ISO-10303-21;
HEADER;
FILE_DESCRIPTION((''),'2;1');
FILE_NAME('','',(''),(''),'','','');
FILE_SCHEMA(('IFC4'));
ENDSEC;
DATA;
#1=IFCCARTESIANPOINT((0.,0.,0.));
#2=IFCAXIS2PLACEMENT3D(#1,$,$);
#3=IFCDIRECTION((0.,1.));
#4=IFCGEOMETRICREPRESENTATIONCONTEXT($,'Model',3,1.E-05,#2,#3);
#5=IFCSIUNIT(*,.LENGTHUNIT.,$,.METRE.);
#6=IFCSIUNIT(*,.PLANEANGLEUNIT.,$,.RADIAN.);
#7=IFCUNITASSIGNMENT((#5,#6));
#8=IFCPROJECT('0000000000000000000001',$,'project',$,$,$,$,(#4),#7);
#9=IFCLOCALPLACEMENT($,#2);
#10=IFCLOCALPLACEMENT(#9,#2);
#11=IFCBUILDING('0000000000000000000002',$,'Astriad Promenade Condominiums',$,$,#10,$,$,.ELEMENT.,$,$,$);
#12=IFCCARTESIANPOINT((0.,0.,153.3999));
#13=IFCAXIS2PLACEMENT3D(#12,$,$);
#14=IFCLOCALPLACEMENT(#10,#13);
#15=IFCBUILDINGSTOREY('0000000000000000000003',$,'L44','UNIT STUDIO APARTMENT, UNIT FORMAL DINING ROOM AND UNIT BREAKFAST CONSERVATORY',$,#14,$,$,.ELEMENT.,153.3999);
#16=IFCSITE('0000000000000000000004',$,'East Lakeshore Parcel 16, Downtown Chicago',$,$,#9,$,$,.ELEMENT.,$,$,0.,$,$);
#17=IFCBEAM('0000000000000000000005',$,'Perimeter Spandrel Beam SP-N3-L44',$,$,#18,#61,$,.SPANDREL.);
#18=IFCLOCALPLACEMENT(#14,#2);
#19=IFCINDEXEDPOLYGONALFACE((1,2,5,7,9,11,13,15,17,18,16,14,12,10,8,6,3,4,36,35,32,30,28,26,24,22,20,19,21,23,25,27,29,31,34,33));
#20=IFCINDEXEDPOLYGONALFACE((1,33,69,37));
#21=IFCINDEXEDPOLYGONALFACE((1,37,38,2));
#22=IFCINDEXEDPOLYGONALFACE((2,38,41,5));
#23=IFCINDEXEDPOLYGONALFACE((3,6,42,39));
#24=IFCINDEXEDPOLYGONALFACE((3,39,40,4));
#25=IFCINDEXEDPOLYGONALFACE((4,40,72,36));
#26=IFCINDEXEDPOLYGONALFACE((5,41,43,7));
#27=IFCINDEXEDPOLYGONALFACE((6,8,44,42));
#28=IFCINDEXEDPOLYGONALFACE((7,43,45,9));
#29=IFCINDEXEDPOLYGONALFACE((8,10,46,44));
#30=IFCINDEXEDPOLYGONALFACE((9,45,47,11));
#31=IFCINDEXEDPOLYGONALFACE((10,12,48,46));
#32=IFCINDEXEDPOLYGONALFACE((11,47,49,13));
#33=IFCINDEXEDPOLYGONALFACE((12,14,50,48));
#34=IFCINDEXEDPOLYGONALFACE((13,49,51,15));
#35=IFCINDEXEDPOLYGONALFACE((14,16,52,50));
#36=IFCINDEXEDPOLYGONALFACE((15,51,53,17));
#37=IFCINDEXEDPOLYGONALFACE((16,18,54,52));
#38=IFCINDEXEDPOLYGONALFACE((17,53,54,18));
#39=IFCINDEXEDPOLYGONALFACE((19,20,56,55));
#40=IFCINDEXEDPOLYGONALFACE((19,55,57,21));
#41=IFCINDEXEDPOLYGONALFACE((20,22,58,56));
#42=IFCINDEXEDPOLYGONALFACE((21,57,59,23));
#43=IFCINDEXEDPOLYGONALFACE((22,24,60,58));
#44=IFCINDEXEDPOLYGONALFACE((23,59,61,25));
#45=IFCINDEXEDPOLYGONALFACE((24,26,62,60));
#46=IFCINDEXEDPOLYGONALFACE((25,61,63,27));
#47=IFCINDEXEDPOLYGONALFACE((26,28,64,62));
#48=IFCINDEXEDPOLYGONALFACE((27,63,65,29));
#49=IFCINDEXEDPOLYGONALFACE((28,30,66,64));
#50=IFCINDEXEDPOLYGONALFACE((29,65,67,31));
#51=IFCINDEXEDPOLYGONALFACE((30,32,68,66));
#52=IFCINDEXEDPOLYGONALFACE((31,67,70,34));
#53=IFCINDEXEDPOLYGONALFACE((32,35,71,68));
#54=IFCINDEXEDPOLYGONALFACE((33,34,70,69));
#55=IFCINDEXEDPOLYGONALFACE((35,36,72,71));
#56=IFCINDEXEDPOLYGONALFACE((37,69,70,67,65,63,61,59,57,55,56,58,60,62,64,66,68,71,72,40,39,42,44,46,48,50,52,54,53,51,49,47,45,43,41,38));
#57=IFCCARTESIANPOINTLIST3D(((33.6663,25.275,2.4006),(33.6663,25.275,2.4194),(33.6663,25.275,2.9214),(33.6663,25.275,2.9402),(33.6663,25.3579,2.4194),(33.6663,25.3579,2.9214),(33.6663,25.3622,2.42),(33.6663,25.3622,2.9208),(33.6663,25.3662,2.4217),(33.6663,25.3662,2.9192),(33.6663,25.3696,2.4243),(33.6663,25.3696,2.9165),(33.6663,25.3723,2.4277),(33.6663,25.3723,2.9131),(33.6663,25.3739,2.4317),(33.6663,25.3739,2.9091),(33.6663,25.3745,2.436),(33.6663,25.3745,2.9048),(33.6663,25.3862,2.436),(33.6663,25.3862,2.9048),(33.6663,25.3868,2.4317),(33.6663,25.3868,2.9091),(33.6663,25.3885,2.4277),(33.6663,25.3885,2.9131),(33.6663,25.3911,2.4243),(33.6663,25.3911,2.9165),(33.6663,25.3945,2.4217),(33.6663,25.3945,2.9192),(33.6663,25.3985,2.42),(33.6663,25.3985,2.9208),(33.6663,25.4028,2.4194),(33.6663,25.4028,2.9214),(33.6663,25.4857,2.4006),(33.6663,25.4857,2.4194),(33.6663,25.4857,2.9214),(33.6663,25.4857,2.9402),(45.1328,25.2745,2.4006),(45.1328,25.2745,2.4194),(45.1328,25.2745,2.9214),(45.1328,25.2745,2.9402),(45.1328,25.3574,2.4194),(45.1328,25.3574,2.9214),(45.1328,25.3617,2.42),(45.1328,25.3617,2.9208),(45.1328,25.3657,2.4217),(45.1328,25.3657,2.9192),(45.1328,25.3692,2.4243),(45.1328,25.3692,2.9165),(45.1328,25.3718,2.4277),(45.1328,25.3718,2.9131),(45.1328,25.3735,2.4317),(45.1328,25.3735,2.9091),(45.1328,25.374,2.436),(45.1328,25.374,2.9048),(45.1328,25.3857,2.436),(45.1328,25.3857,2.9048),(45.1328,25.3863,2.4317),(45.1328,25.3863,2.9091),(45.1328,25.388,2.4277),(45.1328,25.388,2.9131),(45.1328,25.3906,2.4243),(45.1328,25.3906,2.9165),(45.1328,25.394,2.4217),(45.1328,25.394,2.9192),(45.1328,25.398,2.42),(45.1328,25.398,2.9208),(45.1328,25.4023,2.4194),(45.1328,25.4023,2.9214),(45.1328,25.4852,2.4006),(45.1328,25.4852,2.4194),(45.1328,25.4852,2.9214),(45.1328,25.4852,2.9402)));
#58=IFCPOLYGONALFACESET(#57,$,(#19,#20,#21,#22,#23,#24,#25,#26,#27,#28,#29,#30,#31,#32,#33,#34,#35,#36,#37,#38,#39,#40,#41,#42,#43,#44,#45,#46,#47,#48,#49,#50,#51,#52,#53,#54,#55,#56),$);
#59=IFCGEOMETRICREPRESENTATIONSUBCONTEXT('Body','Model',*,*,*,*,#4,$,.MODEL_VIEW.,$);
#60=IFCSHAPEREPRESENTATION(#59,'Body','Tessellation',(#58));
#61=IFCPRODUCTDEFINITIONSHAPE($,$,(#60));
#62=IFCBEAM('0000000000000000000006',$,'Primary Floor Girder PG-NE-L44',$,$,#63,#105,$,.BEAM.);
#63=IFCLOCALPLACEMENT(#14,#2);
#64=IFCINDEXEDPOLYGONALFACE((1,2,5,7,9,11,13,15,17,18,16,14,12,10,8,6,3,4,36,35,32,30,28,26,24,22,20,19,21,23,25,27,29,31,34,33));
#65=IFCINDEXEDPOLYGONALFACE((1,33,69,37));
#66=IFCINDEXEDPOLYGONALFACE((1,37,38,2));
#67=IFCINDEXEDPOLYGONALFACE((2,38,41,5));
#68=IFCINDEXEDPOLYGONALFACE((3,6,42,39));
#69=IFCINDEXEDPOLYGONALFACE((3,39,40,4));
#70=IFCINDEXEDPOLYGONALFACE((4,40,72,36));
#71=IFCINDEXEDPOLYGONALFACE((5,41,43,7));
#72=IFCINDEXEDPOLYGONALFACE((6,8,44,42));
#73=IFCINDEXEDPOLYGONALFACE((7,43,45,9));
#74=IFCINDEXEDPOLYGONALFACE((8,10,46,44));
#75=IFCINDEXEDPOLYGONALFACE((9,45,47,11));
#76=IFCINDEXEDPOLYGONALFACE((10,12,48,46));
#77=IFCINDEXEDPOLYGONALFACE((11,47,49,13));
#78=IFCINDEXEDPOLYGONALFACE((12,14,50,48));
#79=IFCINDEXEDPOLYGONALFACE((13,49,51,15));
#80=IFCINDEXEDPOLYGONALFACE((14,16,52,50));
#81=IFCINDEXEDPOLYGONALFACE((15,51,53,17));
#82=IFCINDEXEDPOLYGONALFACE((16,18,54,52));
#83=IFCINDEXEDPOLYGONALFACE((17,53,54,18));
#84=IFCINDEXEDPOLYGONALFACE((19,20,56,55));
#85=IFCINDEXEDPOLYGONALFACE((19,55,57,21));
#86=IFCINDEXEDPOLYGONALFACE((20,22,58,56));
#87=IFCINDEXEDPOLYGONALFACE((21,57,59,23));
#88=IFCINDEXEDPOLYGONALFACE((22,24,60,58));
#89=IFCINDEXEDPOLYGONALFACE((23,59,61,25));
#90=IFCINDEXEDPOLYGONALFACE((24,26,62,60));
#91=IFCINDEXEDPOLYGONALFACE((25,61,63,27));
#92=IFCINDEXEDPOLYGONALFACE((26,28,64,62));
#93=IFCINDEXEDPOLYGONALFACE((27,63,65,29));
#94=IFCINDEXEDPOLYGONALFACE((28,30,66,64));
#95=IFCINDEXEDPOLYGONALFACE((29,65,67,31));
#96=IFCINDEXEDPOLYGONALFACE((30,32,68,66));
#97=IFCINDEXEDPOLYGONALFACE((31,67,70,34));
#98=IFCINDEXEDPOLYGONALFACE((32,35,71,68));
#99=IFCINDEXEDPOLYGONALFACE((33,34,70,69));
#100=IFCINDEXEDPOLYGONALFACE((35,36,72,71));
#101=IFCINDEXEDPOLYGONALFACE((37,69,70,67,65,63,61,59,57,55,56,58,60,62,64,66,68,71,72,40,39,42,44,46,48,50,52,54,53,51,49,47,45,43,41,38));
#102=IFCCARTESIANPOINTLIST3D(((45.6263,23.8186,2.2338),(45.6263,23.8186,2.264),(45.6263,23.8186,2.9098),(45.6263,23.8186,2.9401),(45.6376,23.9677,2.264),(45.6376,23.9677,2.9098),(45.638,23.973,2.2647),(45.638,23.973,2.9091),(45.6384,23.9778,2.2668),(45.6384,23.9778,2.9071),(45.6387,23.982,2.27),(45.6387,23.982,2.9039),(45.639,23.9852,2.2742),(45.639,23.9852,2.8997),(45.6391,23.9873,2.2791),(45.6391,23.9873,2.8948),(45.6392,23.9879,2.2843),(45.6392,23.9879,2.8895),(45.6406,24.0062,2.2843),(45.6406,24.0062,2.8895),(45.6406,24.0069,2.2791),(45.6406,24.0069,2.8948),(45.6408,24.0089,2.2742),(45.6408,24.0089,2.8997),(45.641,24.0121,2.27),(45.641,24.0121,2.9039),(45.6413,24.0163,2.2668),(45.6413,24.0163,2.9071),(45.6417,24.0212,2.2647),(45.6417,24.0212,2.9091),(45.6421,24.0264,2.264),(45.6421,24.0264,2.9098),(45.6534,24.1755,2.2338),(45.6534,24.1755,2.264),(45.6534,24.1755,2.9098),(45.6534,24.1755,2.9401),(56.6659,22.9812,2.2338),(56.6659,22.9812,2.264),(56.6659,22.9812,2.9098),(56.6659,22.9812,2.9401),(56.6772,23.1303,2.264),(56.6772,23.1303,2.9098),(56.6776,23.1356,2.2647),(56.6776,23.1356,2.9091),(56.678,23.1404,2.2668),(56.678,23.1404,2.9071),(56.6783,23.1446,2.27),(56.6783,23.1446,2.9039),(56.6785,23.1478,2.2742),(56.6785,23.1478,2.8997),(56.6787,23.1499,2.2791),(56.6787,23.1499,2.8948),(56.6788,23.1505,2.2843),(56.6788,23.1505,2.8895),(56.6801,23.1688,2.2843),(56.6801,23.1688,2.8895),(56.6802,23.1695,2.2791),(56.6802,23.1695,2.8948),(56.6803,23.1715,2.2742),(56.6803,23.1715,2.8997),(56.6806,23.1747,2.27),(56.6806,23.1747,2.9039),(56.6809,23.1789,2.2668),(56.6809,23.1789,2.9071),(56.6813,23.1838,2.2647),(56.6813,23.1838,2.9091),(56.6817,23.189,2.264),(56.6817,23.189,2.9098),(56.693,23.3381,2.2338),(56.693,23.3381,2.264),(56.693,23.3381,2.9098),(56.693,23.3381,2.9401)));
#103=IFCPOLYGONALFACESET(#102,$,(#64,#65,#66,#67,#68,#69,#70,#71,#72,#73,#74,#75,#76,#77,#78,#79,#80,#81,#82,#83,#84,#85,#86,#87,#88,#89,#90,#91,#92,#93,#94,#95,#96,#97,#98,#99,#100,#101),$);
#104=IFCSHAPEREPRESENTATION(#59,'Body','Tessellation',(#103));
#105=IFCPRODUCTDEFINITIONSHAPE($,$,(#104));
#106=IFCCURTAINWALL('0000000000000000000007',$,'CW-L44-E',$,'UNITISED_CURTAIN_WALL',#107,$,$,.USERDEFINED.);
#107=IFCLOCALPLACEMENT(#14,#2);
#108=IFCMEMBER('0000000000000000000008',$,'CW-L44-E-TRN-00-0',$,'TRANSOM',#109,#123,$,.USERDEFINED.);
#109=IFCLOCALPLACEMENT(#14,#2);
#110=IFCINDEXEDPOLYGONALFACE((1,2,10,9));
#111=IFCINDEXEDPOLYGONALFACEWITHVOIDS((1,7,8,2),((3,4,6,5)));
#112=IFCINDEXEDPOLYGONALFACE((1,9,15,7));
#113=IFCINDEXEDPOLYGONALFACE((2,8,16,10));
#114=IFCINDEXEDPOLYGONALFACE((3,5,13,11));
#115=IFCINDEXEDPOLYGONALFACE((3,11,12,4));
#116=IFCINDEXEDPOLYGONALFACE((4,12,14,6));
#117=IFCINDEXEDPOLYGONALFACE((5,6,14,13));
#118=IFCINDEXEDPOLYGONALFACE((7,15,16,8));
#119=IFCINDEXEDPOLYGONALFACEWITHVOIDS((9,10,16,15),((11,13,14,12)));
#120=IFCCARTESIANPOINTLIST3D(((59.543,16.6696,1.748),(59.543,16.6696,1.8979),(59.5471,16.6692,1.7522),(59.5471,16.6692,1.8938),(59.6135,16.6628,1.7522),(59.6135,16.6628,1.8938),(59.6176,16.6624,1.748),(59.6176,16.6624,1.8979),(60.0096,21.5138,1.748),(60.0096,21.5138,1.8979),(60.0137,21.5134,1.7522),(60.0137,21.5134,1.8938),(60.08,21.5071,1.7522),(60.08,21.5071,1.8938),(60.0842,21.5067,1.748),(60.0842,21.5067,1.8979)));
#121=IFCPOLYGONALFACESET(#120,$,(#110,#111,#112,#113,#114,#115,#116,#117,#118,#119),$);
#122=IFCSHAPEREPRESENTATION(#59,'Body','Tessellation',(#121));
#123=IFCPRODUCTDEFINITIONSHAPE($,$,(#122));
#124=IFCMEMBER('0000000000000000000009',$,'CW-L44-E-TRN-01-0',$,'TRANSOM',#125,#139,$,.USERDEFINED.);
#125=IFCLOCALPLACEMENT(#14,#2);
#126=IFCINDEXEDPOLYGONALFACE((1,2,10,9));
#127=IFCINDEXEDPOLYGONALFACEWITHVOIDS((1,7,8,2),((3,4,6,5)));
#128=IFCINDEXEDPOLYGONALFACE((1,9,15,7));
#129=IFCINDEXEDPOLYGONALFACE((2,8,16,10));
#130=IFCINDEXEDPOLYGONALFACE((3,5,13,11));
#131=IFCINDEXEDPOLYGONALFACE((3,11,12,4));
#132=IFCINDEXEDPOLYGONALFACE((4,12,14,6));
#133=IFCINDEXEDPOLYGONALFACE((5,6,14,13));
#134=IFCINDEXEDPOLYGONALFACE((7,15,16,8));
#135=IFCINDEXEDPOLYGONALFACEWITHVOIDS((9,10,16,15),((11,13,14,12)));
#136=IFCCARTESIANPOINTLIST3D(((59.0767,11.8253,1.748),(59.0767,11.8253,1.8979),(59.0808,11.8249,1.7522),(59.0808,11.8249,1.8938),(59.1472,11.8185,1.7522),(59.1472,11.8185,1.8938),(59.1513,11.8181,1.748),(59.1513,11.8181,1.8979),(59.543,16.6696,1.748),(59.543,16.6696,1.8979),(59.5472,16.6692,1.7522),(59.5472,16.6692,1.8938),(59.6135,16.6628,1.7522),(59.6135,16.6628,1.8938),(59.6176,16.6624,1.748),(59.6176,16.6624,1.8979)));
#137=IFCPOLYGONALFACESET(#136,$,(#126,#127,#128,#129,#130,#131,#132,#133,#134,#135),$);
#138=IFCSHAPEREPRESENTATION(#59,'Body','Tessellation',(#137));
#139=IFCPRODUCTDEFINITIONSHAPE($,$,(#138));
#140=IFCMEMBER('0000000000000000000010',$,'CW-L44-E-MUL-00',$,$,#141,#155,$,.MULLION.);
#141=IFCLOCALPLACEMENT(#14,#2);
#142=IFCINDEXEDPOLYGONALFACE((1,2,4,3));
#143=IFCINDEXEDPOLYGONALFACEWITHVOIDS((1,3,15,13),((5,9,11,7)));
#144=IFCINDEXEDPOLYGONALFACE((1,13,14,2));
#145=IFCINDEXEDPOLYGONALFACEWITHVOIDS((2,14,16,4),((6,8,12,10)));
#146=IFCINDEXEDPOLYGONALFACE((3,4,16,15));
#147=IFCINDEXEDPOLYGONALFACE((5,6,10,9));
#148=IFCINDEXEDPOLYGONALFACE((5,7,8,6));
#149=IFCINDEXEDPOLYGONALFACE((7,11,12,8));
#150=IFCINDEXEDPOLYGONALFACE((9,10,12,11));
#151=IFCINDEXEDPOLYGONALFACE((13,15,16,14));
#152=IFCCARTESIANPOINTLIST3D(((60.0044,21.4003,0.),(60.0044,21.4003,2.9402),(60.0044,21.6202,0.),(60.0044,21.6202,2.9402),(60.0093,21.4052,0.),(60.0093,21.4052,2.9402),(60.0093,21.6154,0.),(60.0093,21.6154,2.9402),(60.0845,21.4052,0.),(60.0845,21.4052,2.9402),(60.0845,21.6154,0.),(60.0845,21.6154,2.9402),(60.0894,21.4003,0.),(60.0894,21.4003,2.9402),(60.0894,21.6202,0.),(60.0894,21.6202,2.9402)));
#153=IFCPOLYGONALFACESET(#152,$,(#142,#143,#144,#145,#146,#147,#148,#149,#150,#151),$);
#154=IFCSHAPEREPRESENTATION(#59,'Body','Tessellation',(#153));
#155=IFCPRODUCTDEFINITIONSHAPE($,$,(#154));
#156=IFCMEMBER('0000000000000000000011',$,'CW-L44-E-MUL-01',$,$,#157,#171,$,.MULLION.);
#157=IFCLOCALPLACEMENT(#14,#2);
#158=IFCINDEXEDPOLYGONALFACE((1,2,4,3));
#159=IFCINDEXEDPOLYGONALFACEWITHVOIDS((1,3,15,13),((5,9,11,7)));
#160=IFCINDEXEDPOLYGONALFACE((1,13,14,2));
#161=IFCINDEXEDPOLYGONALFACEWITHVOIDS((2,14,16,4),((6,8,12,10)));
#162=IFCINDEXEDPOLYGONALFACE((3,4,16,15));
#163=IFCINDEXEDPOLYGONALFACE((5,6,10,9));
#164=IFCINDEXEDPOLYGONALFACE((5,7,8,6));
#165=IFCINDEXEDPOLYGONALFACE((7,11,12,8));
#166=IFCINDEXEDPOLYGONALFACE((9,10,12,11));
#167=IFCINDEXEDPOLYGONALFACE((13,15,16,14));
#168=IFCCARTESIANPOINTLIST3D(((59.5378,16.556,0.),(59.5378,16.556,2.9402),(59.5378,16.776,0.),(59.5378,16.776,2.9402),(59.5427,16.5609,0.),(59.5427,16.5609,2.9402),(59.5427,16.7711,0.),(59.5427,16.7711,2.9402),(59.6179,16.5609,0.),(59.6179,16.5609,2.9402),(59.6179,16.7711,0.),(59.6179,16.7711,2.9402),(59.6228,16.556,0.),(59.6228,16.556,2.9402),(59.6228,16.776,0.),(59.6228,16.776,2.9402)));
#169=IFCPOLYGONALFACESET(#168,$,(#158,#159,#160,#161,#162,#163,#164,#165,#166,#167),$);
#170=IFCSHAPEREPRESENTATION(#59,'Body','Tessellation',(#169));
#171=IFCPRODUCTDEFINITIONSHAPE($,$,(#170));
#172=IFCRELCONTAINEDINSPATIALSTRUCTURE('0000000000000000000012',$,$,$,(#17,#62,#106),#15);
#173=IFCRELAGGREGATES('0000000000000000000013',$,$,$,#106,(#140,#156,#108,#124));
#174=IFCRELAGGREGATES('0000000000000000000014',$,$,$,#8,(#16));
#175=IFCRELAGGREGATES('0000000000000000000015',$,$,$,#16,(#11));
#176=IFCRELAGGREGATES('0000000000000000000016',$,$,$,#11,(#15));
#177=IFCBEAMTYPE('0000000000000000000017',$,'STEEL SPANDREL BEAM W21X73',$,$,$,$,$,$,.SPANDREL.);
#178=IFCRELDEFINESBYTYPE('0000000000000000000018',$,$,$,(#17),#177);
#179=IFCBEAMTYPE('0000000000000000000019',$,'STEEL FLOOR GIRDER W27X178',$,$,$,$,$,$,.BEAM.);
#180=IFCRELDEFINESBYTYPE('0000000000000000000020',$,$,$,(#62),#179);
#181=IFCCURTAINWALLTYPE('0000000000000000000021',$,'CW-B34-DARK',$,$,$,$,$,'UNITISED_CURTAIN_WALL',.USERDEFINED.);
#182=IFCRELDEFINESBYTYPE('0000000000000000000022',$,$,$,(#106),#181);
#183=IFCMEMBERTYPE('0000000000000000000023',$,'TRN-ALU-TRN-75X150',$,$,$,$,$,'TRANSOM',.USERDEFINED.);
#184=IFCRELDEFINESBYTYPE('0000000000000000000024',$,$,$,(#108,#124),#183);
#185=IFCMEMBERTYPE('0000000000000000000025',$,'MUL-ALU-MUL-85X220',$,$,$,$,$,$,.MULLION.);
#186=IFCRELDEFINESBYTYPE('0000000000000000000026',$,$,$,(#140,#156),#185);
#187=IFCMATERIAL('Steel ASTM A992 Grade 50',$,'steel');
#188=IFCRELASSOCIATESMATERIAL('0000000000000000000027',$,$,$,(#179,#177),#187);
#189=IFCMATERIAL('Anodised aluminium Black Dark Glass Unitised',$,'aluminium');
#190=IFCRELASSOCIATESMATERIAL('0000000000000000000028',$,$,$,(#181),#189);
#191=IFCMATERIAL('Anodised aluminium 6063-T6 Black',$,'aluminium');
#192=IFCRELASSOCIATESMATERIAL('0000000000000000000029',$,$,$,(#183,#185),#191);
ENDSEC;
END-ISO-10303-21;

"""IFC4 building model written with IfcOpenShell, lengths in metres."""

from ifc_helpers import new_model, si_unit, direction, frame, origin, origin_2d, place, context, subcontext, project, spatial, hollow_rectangle, i_section, extrude, source, transform, mapped, material, material_profile, profile_set, type_object, type_shapes, element, aggregate, save


model = new_model("IFC4")

# Units and contexts
model_context = context("Model", 3, precision=1e-05, world=origin(), true_north=direction((0.0, 1.0)))
body_context = subcontext(model_context, "Body", "Model", "MODEL_VIEW")
ifc_project = project(units=[si_unit("LENGTHUNIT", "METRE"), si_unit("PLANEANGLEUNIT", "RADIAN")], contexts=[model_context])

# Site, building, storey
site_placement = place(None, origin())
site = spatial("IfcSite", under=ifc_project, at=site_placement, Name="East Lakeshore Parcel 16, Downtown Chicago", CompositionType="ELEMENT", RefElevation=0.0)
building_placement = place(site_placement, origin())
building = spatial("IfcBuilding", under=site, at=building_placement, Name="Astriad Promenade Condominiums", CompositionType="ELEMENT")
storey_placement = place(building_placement, frame((0.0, 0.0, 153.3999)))
storey = spatial("IfcBuildingStorey", under=building, at=storey_placement, Name="L44", Description="UNIT STUDIO APARTMENT, UNIT FORMAL DINING ROOM AND UNIT BREAKFAST CONSERVATORY", CompositionType="ELEMENT", Elevation=153.3999)

# Shared definitions
ifc_material_1 = material(Name="Steel ASTM A992 Grade 50", Category="steel")

# Beams
ifc_material_profile_1 = material_profile(ifc_material_1, i_section(OverallWidth=0.3579, OverallDepth=0.7063, WebThickness=0.0183, FlangeThickness=0.0303, FilletRadius=0.0203, at=origin_2d()), Name="W27X178")
ifc_profile_set_1 = profile_set([ifc_material_profile_1], Name="Steel ASTM A992 Grade 50")
beam_type_1 = type_object("IfcBeamType", Name="STEEL FLOOR GIRDER W27X178", PredefinedType="BEAM", material=ifc_profile_set_1)
ifc_material_profile_2 = material_profile(ifc_material_1, i_section(OverallWidth=0.2107, OverallDepth=0.5396, WebThickness=0.0117, FlangeThickness=0.0188, FilletRadius=0.0166, at=origin_2d()), Name="W21X73")
ifc_profile_set_2 = profile_set([ifc_material_profile_2], Name="Steel ASTM A992 Grade 50")
beam_type_2 = type_object("IfcBeamType", Name="STEEL SPANDREL BEAM W21X73", PredefinedType="SPANDREL", material=ifc_profile_set_2)
shared_shape_1 = source(origin(), body_context, "Body", "SweptSolid", [
    extrude(i_section(OverallWidth=0.2107, OverallDepth=0.5396, WebThickness=0.0117, FlangeThickness=0.0188, FilletRadius=0.0166, at=origin_2d()), origin(), (0.0, 0.0, 1.0), 11.4666),
])
type_shapes(beam_type_2, [shared_shape_1])
beam_1_placement = place(storey_placement, frame((45.1328, 25.3799, 2.6704), z_axis=(-1.0, 0.000043, 0.0), x_axis=(-0.000043, -1.0, 0.0)))
element("IfcBeam", 1, at=beam_1_placement, inside=storey, type_object=beam_type_2, Name="Perimeter Spandrel Beam SP-N3-L44", PredefinedType="SPANDREL", context=body_context, shape_type="MappedRepresentation", body=[
    mapped(shared_shape_1, transform((0.0, 0.0, 0.0), scale=1.0)),
])
shared_shape_2 = source(origin(), body_context, "Body", "SweptSolid", [
    extrude(i_section(OverallWidth=0.3579, OverallDepth=0.7063, WebThickness=0.0183, FlangeThickness=0.0303, FilletRadius=0.0203, at=origin_2d()), origin(), (0.0, 0.0, 1.0), 11.0713),
])
beam_2_placement = place(storey_placement, frame((56.6794, 23.1597, 2.5869), z_axis=(-0.997135, 0.075637, 0.0), x_axis=(-0.075637, -0.997135, 0.0)))
element("IfcBeam", 2, at=beam_2_placement, inside=storey, type_object=beam_type_1, Name="Primary Floor Girder PG-NE-L44", PredefinedType="BEAM", context=body_context, shape_type="MappedRepresentation", body=[
    mapped(shared_shape_2, transform((0.0, 0.0, 0.0), scale=1.0)),
])

# Curtain wall, members
ifc_material_2 = material(Name="Anodised aluminium Black Dark Glass Unitised", Category="aluminium")
curtain_wall_type = type_object("IfcCurtainWallType", Name="CW-B34-DARK", ElementType="UNITISED_CURTAIN_WALL", PredefinedType="USERDEFINED", material=ifc_material_2)
curtain_wall_placement = place(storey_placement, origin())
curtain_wall = element("IfcCurtainWall", 3, at=curtain_wall_placement, inside=storey, type_object=curtain_wall_type, Name="CW-L44-E", ObjectType="UNITISED_CURTAIN_WALL", PredefinedType="USERDEFINED")
ifc_material_3 = material(Name="Anodised aluminium 6063-T6 Black", Category="aluminium")
ifc_material_profile_3 = material_profile(ifc_material_3, hollow_rectangle(XDim=0.075, YDim=0.1499, WallThickness=0.0042, at=origin_2d()), Name="ALU-TRN-75X150")
ifc_profile_set_3 = profile_set([ifc_material_profile_3], Name="Anodised aluminium 6063-T6 Black")
member_type_1 = type_object("IfcMemberType", Name="TRN-ALU-TRN-75X150", ElementType="TRANSOM", PredefinedType="USERDEFINED", material=ifc_profile_set_3)
shared_shape_3 = source(origin(), body_context, "Body", "SweptSolid", [
    extrude(hollow_rectangle(XDim=0.075, YDim=0.1499, WallThickness=0.0042, at=origin_2d()), origin(), (0.0, 0.0, 1.0), 4.8667),
])
type_shapes(member_type_1, [shared_shape_3])
member_1_placement = place(storey_placement, frame((60.0469, 21.5103, 1.823), z_axis=(-0.095867, -0.995394, 0.0), x_axis=(0.995394, -0.095867, 0.0)))
member_1 = element("IfcMember", 4, at=member_1_placement, type_object=member_type_1, Name="CW-L44-E-TRN-00-0", ObjectType="TRANSOM", PredefinedType="USERDEFINED", context=body_context, shape_type="MappedRepresentation", body=[
    mapped(shared_shape_3, transform((0.0, 0.0, 0.0), scale=1.0)),
])
member_2_placement = place(storey_placement, frame((59.5803, 16.666, 1.823), z_axis=(-0.095818, -0.995399, 0.0), x_axis=(0.995399, -0.095818, 0.0)))
member_2 = element("IfcMember", 5, at=member_2_placement, type_object=member_type_1, Name="CW-L44-E-TRN-01-0", ObjectType="TRANSOM", PredefinedType="USERDEFINED", context=body_context, shape_type="MappedRepresentation", body=[
    mapped(shared_shape_3, transform((0.0, 0.0, 0.0), scale=1.0)),
])
ifc_material_profile_4 = material_profile(ifc_material_3, hollow_rectangle(XDim=0.085, YDim=0.22, WallThickness=0.0049, at=origin_2d()), Name="ALU-MUL-85X220")
ifc_profile_set_4 = profile_set([ifc_material_profile_4], Name="Anodised aluminium 6063-T6 Black")
member_type_2 = type_object("IfcMemberType", Name="MUL-ALU-MUL-85X220", PredefinedType="MULLION", material=ifc_profile_set_4)
shared_shape_4 = source(origin(), body_context, "Body", "SweptSolid", [
    extrude(hollow_rectangle(XDim=0.085, YDim=0.22, WallThickness=0.0049, at=origin_2d()), origin(), (0.0, 0.0, 1.0), 2.9402),
])
type_shapes(member_type_2, [shared_shape_4])
member_3_placement = place(storey_placement, frame((60.0469, 21.5103, 0.0), z_axis=(0.0, 0.0, 1.0), x_axis=(1.0, 0.0, 0.0)))
member_3 = element("IfcMember", 6, at=member_3_placement, type_object=member_type_2, Name="CW-L44-E-MUL-00", PredefinedType="MULLION", context=body_context, shape_type="MappedRepresentation", body=[
    mapped(shared_shape_4, transform((0.0, 0.0, 0.0), scale=1.0)),
])
member_4_placement = place(storey_placement, frame((59.5803, 16.666, 0.0), z_axis=(0.0, 0.0, 1.0), x_axis=(1.0, 0.0, 0.0)))
member_4 = element("IfcMember", 7, at=member_4_placement, type_object=member_type_2, Name="CW-L44-E-MUL-01", PredefinedType="MULLION", context=body_context, shape_type="MappedRepresentation", body=[
    mapped(shared_shape_4, transform((0.0, 0.0, 0.0), scale=1.0)),
])
aggregate(curtain_wall, [member_3, member_4, member_1, member_2])

save(model, "model.ifc")
